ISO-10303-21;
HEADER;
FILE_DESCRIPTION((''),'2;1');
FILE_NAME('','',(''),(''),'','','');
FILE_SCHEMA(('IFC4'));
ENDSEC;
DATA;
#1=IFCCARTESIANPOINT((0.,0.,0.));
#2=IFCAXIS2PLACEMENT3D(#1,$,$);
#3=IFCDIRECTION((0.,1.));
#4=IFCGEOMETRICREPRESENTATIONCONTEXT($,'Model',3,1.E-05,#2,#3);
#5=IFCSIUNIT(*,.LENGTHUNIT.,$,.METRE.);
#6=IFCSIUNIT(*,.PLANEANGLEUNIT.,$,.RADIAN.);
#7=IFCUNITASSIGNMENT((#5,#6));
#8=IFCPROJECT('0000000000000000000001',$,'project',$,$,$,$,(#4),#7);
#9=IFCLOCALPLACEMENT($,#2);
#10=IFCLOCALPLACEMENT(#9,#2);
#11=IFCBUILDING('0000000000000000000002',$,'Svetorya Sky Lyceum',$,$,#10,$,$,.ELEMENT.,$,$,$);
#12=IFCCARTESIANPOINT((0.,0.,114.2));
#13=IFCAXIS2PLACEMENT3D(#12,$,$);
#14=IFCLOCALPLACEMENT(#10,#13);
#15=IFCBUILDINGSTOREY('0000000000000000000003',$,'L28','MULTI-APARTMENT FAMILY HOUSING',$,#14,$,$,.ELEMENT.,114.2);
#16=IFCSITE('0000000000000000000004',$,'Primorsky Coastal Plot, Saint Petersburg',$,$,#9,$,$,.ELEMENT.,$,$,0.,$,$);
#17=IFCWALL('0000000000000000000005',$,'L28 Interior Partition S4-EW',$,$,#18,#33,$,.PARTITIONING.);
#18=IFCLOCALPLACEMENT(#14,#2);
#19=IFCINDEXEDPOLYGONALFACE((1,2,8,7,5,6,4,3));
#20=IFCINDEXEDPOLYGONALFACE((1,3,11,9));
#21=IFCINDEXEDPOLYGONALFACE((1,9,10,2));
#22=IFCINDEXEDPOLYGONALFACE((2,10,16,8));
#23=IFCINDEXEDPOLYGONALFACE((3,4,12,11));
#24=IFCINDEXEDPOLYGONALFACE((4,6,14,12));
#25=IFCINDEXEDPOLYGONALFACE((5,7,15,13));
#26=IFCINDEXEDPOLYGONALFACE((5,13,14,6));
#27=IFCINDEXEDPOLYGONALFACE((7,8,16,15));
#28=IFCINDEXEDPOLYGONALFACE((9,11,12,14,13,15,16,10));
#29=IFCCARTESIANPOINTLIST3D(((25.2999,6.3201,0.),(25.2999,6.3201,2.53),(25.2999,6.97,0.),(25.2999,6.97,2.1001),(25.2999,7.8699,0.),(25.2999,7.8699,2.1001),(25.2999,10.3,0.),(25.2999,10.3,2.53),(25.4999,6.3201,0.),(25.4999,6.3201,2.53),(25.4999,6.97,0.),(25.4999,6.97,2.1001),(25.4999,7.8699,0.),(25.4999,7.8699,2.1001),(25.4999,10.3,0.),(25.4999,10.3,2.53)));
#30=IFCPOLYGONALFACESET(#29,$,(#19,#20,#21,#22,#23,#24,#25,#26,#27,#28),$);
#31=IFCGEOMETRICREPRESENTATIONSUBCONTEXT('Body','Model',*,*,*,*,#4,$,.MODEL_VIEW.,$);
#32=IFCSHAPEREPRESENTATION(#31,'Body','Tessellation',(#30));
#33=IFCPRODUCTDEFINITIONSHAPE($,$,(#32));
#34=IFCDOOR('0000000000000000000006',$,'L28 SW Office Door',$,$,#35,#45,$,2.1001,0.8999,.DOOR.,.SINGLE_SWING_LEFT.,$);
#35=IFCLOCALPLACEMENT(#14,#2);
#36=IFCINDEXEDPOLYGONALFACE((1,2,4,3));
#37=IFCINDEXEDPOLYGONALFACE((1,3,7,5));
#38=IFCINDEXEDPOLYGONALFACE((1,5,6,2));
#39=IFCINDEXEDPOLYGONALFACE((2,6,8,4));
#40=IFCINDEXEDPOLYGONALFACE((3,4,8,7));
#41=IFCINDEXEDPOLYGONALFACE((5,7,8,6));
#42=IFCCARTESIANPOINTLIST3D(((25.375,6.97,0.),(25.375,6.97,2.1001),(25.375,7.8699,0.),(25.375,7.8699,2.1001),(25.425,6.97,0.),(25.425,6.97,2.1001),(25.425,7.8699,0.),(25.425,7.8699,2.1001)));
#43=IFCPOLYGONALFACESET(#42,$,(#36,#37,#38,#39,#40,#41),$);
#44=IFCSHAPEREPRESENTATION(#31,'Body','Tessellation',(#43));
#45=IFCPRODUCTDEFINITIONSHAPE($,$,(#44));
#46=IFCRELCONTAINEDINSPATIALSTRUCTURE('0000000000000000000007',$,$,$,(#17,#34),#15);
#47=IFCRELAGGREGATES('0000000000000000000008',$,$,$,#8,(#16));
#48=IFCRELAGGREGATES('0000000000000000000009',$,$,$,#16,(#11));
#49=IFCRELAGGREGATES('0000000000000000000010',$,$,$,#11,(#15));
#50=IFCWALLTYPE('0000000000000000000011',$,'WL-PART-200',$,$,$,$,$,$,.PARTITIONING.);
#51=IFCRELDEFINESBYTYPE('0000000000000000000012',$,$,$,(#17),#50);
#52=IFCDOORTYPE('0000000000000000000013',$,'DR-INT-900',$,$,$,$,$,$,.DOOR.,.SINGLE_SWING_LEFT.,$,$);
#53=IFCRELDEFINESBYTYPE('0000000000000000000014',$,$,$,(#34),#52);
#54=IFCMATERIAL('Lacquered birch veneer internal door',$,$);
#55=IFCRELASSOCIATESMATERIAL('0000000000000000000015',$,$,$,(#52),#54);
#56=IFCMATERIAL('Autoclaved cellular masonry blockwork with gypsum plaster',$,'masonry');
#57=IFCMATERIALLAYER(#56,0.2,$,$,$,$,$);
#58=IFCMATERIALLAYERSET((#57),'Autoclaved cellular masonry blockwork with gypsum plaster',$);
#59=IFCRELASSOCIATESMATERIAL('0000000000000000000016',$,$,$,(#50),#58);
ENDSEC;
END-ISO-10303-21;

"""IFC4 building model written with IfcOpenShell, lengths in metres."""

from ifc_helpers import new_model, si_unit, direction, frame, frame_2d, origin, place, context, subcontext, project, spatial, rectangle, extrude, material, layer, layer_set, type_object, element, fill, save


model = new_model("IFC4")

# Units and contexts
model_context = context("Model", 3, precision=1e-05, world=origin(), true_north=direction((0.0, 1.0)))
body_context = subcontext(model_context, "Body", "Model", "MODEL_VIEW")
ifc_project = project(units=[si_unit("LENGTHUNIT", "METRE"), si_unit("PLANEANGLEUNIT", "RADIAN")], contexts=[model_context])

# Site, building, storey
site_placement = place(None, origin())
site = spatial("IfcSite", under=ifc_project, at=site_placement, Name="Primorsky Coastal Plot, Saint Petersburg", CompositionType="ELEMENT", RefElevation=0.0)
building_placement = place(site_placement, origin())
building = spatial("IfcBuilding", under=site, at=building_placement, Name="Svetorya Sky Lyceum", CompositionType="ELEMENT")
storey_placement = place(building_placement, frame((0.0, 0.0, 114.2)))
storey = spatial("IfcBuildingStorey", under=building, at=storey_placement, Name="L28", Description="MULTI-APARTMENT FAMILY HOUSING", CompositionType="ELEMENT", Elevation=114.2)

# Shared definitions
ifc_material_1 = material(Name="Lacquered birch veneer internal door")
door_type_1 = type_object("IfcDoorType", Name="DR-INT-900", OperationType="SINGLE_SWING_LEFT", PredefinedType="DOOR", material=ifc_material_1)

# Shared definitions
ifc_material_2 = material(Name="Autoclaved cellular masonry blockwork with gypsum plaster", Category="masonry")
ifc_layer_1 = layer(ifc_material_2, 0.2)
ifc_layer_set_1 = layer_set([ifc_layer_1], Name="Autoclaved cellular masonry blockwork with gypsum plaster")
wall_type_1 = type_object("IfcWallType", Name="WL-PART-200", PredefinedType="PARTITIONING", material=ifc_layer_set_1)

# Wall, opening, door
wall_1_placement = place(storey_placement, frame((25.3999, 6.3201, 0.0), z_axis=(0.0, 0.0, 1.0), x_axis=(0.0, 1.0, 0.0)))
wall_1 = element("IfcWall", 1, at=wall_1_placement, inside=storey, type_object=wall_type_1, Name="L28 Interior Partition S4-EW", PredefinedType="PARTITIONING", context=body_context, shape_type="SweptSolid", body=[
    extrude(rectangle(XDim=3.98, YDim=0.2, at=frame_2d((1.99, 0.0))), origin(), (0.0, 0.0, 1.0), 2.53),
])
opening_1_placement = place(wall_1_placement, frame((0.6499, 0.0, 0.0)))
opening_1 = element("IfcOpeningElement", 2, at=opening_1_placement, cuts=wall_1, PredefinedType="OPENING", context=body_context, shape_type="SweptSolid", body=[
    extrude(rectangle(XDim=0.8999, YDim=2.1001, at=frame_2d((0.45, 1.05))), frame((0.0, 0.1099, 0.0), z_axis=(0.0, -1.0, 0.0), x_axis=(1.0, 0.0, 0.0)), (0.0, 0.0, 1.0), 0.22),
])
door_1_placement = place(opening_1_placement, origin())
door_1 = element("IfcDoor", 3, at=door_1_placement, inside=storey, type_object=door_type_1, Name="L28 SW Office Door", OperationType="SINGLE_SWING_LEFT", OverallHeight=2.1001, OverallWidth=0.8999, PredefinedType="DOOR", context=body_context, shape_type="SweptSolid", body=[
    extrude(rectangle(XDim=0.8999, YDim=2.1001, at=frame_2d((0.45, 1.05))), frame((0.0, 0.0249, 0.0), z_axis=(0.0, -1.0, 0.0), x_axis=(1.0, 0.0, 0.0)), (0.0, 0.0, 1.0), 0.05),
])
fill(opening_1, door_1)

save(model, "model.ifc")
